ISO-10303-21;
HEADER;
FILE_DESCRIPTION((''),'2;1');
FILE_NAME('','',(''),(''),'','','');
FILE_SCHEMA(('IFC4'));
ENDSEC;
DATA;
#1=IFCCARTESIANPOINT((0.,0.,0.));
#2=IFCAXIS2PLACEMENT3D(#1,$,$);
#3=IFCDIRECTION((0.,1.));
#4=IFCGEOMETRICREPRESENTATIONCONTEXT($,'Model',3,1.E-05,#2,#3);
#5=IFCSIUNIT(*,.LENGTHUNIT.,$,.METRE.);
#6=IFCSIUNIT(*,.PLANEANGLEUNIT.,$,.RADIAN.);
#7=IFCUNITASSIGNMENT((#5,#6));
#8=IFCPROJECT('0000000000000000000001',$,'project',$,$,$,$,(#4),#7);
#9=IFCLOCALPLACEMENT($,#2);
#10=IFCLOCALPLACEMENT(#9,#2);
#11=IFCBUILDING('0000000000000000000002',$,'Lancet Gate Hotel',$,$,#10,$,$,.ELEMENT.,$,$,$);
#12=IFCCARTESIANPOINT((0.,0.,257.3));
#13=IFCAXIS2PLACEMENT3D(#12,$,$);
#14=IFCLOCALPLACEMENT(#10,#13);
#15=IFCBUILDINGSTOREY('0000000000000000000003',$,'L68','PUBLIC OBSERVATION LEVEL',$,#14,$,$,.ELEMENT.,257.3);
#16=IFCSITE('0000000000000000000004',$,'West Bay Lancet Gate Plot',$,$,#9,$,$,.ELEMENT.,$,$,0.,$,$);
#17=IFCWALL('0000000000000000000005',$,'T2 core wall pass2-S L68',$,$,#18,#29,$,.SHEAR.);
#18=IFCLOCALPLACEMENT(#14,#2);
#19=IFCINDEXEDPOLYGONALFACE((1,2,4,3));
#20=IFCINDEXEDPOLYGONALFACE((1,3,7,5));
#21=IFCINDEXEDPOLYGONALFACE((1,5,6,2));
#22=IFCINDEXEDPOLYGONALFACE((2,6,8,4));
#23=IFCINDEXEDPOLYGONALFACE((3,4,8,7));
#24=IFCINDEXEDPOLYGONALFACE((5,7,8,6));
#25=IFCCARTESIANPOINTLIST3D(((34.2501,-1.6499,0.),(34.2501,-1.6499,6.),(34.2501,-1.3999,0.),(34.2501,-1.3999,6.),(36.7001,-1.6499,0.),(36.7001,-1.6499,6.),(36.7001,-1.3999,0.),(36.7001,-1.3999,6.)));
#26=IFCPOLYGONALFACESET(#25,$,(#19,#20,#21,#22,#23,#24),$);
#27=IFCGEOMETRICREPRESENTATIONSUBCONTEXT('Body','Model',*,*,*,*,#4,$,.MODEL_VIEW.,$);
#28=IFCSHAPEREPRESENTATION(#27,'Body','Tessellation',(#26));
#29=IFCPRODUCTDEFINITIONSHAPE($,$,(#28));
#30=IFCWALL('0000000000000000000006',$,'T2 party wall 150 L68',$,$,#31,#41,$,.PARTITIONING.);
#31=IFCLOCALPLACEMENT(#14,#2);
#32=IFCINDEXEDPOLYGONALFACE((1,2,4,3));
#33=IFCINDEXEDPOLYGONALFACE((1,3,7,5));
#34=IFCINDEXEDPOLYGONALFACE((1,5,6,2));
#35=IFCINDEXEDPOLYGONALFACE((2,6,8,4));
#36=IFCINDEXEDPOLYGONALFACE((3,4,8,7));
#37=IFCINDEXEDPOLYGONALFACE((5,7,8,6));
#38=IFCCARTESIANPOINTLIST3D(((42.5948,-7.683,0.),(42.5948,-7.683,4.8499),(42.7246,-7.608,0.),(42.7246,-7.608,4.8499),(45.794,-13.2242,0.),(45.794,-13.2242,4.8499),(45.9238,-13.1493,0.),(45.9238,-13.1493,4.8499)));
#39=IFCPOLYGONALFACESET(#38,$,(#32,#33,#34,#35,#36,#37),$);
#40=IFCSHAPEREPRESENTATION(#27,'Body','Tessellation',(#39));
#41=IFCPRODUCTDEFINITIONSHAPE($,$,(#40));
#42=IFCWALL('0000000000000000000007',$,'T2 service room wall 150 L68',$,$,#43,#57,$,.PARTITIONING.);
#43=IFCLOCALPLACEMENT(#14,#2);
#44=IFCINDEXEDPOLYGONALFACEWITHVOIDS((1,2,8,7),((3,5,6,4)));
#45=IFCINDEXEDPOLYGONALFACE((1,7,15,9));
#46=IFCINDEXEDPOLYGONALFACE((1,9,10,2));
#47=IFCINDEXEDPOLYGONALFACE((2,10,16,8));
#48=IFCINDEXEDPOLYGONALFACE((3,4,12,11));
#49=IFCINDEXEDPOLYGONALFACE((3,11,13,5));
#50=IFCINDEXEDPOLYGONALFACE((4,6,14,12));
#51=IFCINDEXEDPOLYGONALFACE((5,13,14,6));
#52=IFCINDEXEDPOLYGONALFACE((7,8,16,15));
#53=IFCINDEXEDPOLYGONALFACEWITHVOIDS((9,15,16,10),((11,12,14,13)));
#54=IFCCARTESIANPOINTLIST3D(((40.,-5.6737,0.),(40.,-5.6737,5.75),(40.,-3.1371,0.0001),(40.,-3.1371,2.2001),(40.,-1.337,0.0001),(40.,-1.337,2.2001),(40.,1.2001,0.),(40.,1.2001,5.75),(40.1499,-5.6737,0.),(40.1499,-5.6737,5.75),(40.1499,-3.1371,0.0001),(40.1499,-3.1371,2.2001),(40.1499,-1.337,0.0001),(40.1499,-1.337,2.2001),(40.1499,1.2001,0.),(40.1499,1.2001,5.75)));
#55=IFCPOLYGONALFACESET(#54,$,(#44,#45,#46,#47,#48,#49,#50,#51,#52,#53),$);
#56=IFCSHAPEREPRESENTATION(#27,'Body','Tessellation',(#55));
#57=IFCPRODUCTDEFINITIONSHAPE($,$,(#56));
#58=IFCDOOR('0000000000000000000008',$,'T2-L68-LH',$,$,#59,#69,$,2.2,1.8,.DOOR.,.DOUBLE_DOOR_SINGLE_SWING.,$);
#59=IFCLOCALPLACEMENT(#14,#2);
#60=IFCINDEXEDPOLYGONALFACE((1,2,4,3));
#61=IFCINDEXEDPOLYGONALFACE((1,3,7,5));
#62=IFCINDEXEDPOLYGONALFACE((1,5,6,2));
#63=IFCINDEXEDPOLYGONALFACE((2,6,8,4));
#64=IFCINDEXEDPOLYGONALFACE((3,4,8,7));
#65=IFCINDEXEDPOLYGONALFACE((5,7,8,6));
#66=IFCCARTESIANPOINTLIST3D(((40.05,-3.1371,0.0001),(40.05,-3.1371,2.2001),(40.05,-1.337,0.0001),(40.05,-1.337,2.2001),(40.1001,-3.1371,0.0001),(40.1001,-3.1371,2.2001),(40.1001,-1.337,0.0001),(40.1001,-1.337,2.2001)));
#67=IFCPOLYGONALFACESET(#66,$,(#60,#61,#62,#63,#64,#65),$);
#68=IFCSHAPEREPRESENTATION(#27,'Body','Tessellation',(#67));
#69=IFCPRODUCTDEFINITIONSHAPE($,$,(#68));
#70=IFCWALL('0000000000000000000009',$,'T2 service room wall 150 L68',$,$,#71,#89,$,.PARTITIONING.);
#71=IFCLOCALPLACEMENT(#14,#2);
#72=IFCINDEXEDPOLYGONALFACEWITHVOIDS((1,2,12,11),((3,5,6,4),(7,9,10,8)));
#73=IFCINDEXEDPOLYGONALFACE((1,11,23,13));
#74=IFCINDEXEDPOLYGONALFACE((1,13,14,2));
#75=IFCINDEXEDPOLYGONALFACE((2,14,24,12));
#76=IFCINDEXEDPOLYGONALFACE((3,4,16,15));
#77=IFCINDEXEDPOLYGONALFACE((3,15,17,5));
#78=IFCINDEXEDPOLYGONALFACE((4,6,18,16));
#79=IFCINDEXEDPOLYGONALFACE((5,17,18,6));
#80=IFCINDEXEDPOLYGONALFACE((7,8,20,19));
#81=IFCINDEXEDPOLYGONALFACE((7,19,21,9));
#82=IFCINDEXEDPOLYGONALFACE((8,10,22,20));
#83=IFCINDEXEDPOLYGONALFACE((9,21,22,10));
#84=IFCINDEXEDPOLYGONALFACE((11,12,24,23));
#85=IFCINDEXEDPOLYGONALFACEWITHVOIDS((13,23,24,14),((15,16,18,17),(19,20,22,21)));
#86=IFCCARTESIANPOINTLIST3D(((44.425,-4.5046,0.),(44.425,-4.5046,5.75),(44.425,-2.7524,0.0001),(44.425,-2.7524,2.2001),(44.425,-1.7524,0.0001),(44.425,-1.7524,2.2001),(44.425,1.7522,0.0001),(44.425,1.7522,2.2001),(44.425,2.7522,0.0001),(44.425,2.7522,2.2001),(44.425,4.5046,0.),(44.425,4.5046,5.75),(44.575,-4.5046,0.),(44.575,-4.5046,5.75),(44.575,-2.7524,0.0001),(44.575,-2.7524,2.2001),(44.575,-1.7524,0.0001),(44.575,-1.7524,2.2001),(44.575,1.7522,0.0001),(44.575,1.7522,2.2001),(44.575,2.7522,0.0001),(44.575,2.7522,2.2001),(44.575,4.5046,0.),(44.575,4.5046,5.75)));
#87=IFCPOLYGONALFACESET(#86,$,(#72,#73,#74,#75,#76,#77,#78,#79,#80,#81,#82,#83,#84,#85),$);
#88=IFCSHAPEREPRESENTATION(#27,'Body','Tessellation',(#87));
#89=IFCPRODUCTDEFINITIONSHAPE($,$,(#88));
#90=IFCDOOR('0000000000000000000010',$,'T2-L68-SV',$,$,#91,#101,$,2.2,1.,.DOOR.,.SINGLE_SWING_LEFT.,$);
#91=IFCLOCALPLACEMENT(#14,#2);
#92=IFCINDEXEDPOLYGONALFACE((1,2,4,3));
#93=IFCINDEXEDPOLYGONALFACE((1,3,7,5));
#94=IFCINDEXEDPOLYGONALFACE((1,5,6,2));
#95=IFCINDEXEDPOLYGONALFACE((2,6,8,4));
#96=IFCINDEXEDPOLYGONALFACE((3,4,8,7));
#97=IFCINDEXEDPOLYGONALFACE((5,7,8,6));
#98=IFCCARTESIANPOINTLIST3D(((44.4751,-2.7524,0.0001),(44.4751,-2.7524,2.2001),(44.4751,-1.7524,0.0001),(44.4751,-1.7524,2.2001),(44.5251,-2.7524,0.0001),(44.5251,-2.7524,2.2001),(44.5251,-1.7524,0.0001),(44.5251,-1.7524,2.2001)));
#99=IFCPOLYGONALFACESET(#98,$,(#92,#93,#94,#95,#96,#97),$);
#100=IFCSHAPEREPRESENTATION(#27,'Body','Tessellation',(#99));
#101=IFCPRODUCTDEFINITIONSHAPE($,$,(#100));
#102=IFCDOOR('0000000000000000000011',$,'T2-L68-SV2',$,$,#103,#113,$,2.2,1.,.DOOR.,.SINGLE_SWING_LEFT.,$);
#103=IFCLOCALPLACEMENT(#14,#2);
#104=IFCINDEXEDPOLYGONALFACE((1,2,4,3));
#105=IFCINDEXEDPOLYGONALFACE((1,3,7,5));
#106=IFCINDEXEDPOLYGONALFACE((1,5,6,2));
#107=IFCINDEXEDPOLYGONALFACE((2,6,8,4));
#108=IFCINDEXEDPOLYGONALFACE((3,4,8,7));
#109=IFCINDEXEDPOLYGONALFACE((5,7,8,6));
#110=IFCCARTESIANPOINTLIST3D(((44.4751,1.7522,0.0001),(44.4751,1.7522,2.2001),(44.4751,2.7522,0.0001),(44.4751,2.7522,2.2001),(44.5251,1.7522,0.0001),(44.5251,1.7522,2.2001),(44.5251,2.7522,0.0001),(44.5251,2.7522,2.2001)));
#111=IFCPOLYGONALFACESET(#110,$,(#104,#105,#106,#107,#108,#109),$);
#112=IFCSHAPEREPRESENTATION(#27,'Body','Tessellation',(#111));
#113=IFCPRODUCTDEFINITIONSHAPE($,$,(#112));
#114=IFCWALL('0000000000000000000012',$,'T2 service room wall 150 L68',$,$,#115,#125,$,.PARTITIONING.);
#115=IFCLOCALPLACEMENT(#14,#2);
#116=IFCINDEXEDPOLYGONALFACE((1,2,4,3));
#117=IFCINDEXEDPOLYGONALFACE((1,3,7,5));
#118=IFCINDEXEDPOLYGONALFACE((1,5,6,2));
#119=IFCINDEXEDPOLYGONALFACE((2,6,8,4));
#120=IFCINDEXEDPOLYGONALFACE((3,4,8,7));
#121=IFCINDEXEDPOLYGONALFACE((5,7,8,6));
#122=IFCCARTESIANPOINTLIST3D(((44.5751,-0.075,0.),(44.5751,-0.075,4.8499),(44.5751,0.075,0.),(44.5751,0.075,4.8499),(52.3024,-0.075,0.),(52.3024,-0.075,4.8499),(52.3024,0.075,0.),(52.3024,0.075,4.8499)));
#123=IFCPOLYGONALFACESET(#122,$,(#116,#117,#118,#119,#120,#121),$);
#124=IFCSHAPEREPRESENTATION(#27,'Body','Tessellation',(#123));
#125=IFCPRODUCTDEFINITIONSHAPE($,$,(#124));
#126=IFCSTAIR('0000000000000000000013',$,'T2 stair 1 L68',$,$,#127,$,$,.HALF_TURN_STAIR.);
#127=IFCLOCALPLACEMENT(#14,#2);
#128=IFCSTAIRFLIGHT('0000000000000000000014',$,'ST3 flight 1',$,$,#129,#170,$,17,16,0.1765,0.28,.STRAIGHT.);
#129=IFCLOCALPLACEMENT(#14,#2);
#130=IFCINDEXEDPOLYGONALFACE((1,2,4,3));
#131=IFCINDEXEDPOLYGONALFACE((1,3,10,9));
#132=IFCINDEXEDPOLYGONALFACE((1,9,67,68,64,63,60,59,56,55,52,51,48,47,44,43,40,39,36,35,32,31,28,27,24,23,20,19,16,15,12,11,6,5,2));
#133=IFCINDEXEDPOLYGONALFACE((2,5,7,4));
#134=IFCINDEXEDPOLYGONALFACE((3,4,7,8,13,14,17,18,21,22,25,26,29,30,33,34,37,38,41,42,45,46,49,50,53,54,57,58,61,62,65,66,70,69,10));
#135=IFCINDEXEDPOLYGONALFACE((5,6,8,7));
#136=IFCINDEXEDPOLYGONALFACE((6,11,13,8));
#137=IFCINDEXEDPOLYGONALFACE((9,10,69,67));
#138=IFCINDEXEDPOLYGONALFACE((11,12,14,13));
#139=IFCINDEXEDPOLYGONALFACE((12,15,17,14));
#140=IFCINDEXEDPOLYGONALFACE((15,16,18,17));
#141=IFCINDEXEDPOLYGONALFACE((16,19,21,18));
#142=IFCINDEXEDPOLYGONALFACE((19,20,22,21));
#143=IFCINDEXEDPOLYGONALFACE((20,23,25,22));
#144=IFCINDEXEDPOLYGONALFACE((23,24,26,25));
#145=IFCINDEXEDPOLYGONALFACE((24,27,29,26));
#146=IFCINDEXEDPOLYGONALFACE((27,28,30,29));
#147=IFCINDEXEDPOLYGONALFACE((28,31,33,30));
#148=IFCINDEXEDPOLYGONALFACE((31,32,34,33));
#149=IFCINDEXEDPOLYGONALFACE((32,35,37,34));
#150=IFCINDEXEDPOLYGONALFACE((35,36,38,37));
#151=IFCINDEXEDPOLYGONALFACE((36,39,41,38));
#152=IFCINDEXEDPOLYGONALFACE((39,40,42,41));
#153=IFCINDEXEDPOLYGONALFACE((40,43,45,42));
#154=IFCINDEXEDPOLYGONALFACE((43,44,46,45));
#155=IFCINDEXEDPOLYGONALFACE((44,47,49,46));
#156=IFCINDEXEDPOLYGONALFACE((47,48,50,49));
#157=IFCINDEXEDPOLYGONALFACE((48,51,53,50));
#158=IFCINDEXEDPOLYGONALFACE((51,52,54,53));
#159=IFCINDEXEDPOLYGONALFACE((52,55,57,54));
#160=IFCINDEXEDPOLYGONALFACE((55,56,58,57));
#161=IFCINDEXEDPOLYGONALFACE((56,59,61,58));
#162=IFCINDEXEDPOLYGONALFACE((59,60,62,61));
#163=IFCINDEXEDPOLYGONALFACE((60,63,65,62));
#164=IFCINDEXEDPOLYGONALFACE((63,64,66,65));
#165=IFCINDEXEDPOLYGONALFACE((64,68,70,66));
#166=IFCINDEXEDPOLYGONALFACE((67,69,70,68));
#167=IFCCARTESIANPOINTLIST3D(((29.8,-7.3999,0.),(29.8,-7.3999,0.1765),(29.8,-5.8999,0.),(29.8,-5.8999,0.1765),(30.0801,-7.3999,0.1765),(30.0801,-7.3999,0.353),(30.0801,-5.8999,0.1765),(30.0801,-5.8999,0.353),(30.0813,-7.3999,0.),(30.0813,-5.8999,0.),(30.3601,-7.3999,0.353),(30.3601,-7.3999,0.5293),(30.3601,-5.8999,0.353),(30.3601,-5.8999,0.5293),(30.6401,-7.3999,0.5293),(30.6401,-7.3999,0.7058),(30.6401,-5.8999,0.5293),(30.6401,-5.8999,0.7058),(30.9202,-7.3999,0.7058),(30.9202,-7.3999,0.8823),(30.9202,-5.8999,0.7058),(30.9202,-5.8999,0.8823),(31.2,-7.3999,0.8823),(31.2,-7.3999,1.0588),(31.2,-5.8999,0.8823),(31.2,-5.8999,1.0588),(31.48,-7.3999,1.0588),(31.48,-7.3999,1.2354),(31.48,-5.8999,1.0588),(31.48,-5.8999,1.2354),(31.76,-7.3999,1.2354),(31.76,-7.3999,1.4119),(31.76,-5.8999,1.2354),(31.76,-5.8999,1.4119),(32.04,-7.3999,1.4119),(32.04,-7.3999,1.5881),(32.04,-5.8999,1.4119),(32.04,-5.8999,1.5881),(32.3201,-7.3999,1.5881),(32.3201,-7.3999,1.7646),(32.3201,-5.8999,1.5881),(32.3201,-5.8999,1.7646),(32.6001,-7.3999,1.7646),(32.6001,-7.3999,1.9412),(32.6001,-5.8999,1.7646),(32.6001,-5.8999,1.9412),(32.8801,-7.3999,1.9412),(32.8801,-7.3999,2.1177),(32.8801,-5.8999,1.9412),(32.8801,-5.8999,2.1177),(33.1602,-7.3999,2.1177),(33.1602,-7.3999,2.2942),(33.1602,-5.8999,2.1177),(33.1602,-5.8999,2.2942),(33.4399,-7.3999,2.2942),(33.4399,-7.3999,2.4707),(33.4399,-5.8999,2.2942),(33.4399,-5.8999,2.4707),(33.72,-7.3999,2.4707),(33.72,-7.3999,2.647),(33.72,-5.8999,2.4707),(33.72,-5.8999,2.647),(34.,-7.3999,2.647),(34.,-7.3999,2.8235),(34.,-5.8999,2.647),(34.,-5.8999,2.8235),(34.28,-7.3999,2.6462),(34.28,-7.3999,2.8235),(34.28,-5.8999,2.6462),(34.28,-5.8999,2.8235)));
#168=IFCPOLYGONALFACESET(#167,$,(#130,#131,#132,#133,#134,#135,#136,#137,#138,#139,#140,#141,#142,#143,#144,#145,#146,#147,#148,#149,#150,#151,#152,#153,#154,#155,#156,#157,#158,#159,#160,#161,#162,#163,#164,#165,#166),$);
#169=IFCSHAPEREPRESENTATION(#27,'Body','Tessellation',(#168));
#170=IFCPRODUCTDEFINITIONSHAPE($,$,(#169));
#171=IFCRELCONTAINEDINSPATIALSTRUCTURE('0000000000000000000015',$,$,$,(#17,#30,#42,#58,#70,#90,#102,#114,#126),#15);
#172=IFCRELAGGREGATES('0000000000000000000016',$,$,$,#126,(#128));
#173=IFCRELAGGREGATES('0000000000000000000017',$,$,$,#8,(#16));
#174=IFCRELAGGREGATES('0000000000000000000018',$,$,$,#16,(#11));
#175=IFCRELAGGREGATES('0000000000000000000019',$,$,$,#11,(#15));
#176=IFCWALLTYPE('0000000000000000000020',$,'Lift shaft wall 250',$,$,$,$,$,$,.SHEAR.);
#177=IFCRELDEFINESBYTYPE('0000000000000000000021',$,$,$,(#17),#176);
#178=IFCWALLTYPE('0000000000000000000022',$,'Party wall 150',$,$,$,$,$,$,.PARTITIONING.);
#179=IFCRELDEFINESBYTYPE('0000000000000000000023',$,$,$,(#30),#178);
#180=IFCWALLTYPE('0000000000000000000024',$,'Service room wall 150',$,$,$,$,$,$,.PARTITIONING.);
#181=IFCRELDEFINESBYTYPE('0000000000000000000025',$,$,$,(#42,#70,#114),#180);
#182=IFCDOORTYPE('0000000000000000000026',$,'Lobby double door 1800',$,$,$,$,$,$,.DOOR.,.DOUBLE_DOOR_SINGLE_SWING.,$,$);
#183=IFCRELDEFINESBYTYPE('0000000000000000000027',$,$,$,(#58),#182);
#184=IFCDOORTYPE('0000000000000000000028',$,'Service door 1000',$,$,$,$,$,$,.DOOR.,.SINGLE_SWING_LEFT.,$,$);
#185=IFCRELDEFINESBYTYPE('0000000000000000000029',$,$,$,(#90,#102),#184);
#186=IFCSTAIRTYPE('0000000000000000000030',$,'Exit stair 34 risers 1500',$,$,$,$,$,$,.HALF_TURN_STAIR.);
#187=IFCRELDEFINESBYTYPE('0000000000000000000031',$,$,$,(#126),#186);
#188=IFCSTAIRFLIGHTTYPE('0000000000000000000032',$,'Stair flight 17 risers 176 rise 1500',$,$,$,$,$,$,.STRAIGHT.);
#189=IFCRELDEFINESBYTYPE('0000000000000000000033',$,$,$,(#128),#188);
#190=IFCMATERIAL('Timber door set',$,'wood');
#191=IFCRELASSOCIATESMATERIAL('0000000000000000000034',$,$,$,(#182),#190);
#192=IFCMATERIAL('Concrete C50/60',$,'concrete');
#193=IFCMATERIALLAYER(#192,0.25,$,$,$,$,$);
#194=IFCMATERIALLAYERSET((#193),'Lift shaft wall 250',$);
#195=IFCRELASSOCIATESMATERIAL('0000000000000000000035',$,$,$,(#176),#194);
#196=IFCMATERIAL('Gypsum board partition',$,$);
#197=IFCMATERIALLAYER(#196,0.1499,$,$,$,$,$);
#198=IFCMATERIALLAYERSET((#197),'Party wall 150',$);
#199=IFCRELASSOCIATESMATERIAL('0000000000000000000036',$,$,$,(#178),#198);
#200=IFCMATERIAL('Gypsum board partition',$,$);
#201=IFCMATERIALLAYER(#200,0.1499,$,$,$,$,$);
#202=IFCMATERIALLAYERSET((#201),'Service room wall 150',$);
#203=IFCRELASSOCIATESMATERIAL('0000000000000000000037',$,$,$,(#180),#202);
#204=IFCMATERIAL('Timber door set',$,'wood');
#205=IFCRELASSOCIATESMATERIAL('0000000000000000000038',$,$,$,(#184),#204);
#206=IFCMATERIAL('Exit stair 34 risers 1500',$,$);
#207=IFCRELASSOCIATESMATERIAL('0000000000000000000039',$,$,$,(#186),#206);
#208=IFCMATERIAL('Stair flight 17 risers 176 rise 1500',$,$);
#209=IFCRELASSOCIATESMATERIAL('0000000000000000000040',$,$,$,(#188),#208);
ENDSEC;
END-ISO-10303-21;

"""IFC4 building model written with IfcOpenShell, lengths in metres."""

from ifc_helpers import new_model, si_unit, direction, frame, frame_2d, origin, place, context, subcontext, project, spatial, polyline, rectangle, outline, extrude, material, layer, layer_set, type_object, element, fill, aggregate, save


model = new_model("IFC4")

# Units and contexts
model_context = context("Model", 3, precision=1e-05, world=origin(), true_north=direction((0.0, 1.0)))
body_context = subcontext(model_context, "Body", "Model", "MODEL_VIEW")
ifc_project = project(units=[si_unit("LENGTHUNIT", "METRE"), si_unit("PLANEANGLEUNIT", "RADIAN")], contexts=[model_context])

# Site, building, storey
site_placement = place(None, origin())
site = spatial("IfcSite", under=ifc_project, at=site_placement, Name="West Bay Lancet Gate Plot", CompositionType="ELEMENT", RefElevation=0.0)
building_placement = place(site_placement, origin())
building = spatial("IfcBuilding", under=site, at=building_placement, Name="Lancet Gate Hotel", CompositionType="ELEMENT")
storey_placement = place(building_placement, frame((0.0, 0.0, 257.3)))
storey = spatial("IfcBuildingStorey", under=building, at=storey_placement, Name="L68", Description="PUBLIC OBSERVATION LEVEL", CompositionType="ELEMENT", Elevation=257.3)

# Shared definitions
ifc_material_1 = material(Name="Timber door set", Category="wood")
door_type_1 = type_object("IfcDoorType", Name="Lobby double door 1800", OperationType="DOUBLE_DOOR_SINGLE_SWING", PredefinedType="DOOR", material=ifc_material_1)
ifc_material_2 = material(Name="Concrete C50/60", Category="concrete")
ifc_layer_1 = layer(ifc_material_2, 0.25)
ifc_layer_set_1 = layer_set([ifc_layer_1], Name="Lift shaft wall 250")
wall_type_1 = type_object("IfcWallType", Name="Lift shaft wall 250", PredefinedType="SHEAR", material=ifc_layer_set_1)

# Walls
wall_1_placement = place(storey_placement, frame((34.25, -1.5249, 0.0), z_axis=(0.0, 0.0, 1.0), x_axis=(1.0, 0.0, 0.0)))
element("IfcWall", 1, at=wall_1_placement, inside=storey, type_object=wall_type_1, Name="T2 core wall pass2-S L68", PredefinedType="SHEAR", context=body_context, shape_type="SweptSolid", body=[
    extrude(rectangle(XDim=2.45, YDim=0.25, at=frame_2d((1.2251, 0.0))), origin(), (0.0, 0.0, 1.0), 6.0),
])
ifc_material_3 = material(Name="Gypsum board partition")
ifc_layer_2 = layer(ifc_material_3, 0.1499)
ifc_layer_set_2 = layer_set([ifc_layer_2], Name="Party wall 150")
wall_type_2 = type_object("IfcWallType", Name="Party wall 150", PredefinedType="PARTITIONING", material=ifc_layer_set_2)
wall_2_placement = place(storey_placement, frame((42.6597, -7.6455, 0.0), z_axis=(0.0, 0.0, 1.0), x_axis=(0.499997, -0.866027, 0.0)))
element("IfcWall", 2, at=wall_2_placement, inside=storey, type_object=wall_type_2, Name="T2 party wall 150 L68", PredefinedType="PARTITIONING", context=body_context, shape_type="SweptSolid", body=[
    extrude(rectangle(XDim=6.3984, YDim=0.1499, at=frame_2d((3.1992, 0.0))), origin(), (0.0, 0.0, 1.0), 4.8499),
])

# Wall, opening, door
ifc_material_4 = material(Name="Gypsum board partition")
ifc_layer_3 = layer(ifc_material_4, 0.1499)
ifc_layer_set_3 = layer_set([ifc_layer_3], Name="Service room wall 150")
wall_type_3 = type_object("IfcWallType", Name="Service room wall 150", PredefinedType="PARTITIONING", material=ifc_layer_set_3)
wall_3_placement = place(storey_placement, frame((40.075, -5.6738, 0.0), z_axis=(0.0, 0.0, 1.0), x_axis=(0.0, 1.0, 0.0)))
wall_3 = element("IfcWall", 3, at=wall_3_placement, inside=storey, type_object=wall_type_3, Name="T2 service room wall 150 L68", PredefinedType="PARTITIONING", context=body_context, shape_type="SweptSolid", body=[
    extrude(rectangle(XDim=6.8738, YDim=0.1499, at=frame_2d((3.437, 0.0))), origin(), (0.0, 0.0, 1.0), 5.75),
])
opening_1_placement = place(wall_3_placement, frame((2.5369, 0.0, 0.0)))
opening_1 = element("IfcOpeningElement", 4, at=opening_1_placement, cuts=wall_3, PredefinedType="OPENING", context=body_context, shape_type="SweptSolid", body=[
    extrude(rectangle(XDim=1.8, YDim=2.2, at=frame_2d((0.8999, 1.1001))), frame((0.0, 0.085, 0.0), z_axis=(0.0, -1.0, 0.0), x_axis=(1.0, 0.0, 0.0)), (0.0, 0.0, 1.0), 0.1699),
])
door_1_placement = place(opening_1_placement, origin())
door_1 = element("IfcDoor", 5, at=door_1_placement, inside=storey, type_object=door_type_1, Name="T2-L68-LH", OperationType="DOUBLE_DOOR_SINGLE_SWING", OverallHeight=2.2, OverallWidth=1.8, PredefinedType="DOOR", context=body_context, shape_type="SweptSolid", body=[
    extrude(rectangle(XDim=1.8, YDim=2.2, at=frame_2d((0.8999, 1.1001))), frame((0.0, 0.0249, 0.0), z_axis=(0.0, -1.0, 0.0), x_axis=(1.0, 0.0, 0.0)), (0.0, 0.0, 1.0), 0.05),
])
fill(opening_1, door_1)

# Wall, openings, doors
wall_4_placement = place(storey_placement, frame((44.5, -4.5046, 0.0), z_axis=(0.0, 0.0, 1.0), x_axis=(0.0, 1.0, 0.0)))
wall_4 = element("IfcWall", 6, at=wall_4_placement, inside=storey, type_object=wall_type_3, Name="T2 service room wall 150 L68", PredefinedType="PARTITIONING", context=body_context, shape_type="SweptSolid", body=[
    extrude(rectangle(XDim=9.0093, YDim=0.1499, at=frame_2d((4.5046, 0.0))), origin(), (0.0, 0.0, 1.0), 5.75),
])
opening_2_placement = place(wall_4_placement, frame((1.7522, 0.0, 0.0)))
opening_2 = element("IfcOpeningElement", 7, at=opening_2_placement, cuts=wall_4, PredefinedType="OPENING", context=body_context, shape_type="SweptSolid", body=[
    extrude(rectangle(XDim=1.0, YDim=2.2, at=frame_2d((0.5, 1.1001))), frame((0.0, 0.085, 0.0), z_axis=(0.0, -1.0, 0.0), x_axis=(1.0, 0.0, 0.0)), (0.0, 0.0, 1.0), 0.1699),
])
opening_3_placement = place(wall_4_placement, frame((6.2568, 0.0, 0.0)))
opening_3 = element("IfcOpeningElement", 8, at=opening_3_placement, cuts=wall_4, PredefinedType="OPENING", context=body_context, shape_type="SweptSolid", body=[
    extrude(rectangle(XDim=1.0, YDim=2.2, at=frame_2d((0.5, 1.1001))), frame((0.0, 0.085, 0.0), z_axis=(0.0, -1.0, 0.0), x_axis=(1.0, 0.0, 0.0)), (0.0, 0.0, 1.0), 0.1699),
])
ifc_material_5 = material(Name="Timber door set", Category="wood")
door_type_2 = type_object("IfcDoorType", Name="Service door 1000", OperationType="SINGLE_SWING_LEFT", PredefinedType="DOOR", material=ifc_material_5)
door_2_placement = place(opening_2_placement, origin())
door_2 = element("IfcDoor", 9, at=door_2_placement, inside=storey, type_object=door_type_2, Name="T2-L68-SV", OperationType="SINGLE_SWING_LEFT", OverallHeight=2.2, OverallWidth=1.0, PredefinedType="DOOR", context=body_context, shape_type="SweptSolid", body=[
    extrude(rectangle(XDim=1.0, YDim=2.2, at=frame_2d((0.5, 1.1001))), frame((0.0, 0.0249, 0.0), z_axis=(0.0, -1.0, 0.0), x_axis=(1.0, 0.0, 0.0)), (0.0, 0.0, 1.0), 0.05),
])
fill(opening_2, door_2)
door_3_placement = place(opening_3_placement, origin())
door_3 = element("IfcDoor", 10, at=door_3_placement, inside=storey, type_object=door_type_2, Name="T2-L68-SV2", OperationType="SINGLE_SWING_LEFT", OverallHeight=2.2, OverallWidth=1.0, PredefinedType="DOOR", context=body_context, shape_type="SweptSolid", body=[
    extrude(rectangle(XDim=1.0, YDim=2.2, at=frame_2d((0.5, 1.1001))), frame((0.0, 0.0249, 0.0), z_axis=(0.0, -1.0, 0.0), x_axis=(1.0, 0.0, 0.0)), (0.0, 0.0, 1.0), 0.05),
])
fill(opening_3, door_3)

# Wall
wall_5_placement = place(storey_placement, frame((44.575, 0.0, 0.0), z_axis=(0.0, 0.0, 1.0), x_axis=(1.0, 0.0, 0.0)))
element("IfcWall", 11, at=wall_5_placement, inside=storey, type_object=wall_type_3, Name="T2 service room wall 150 L68", PredefinedType="PARTITIONING", context=body_context, shape_type="SweptSolid", body=[
    extrude(rectangle(XDim=7.7273, YDim=0.1499, at=frame_2d((3.8638, 0.0))), origin(), (0.0, 0.0, 1.0), 4.8499),
])

# Stair, stair flight
ifc_material_6 = material(Name="Exit stair 34 risers 1500")
stair_type = type_object("IfcStairType", Name="Exit stair 34 risers 1500", PredefinedType="HALF_TURN_STAIR", material=ifc_material_6)
stair_placement = place(storey_placement, origin())
stair = element("IfcStair", 12, at=stair_placement, inside=storey, type_object=stair_type, Name="T2 stair 1 L68", PredefinedType="HALF_TURN_STAIR")
ifc_material_7 = material(Name="Stair flight 17 risers 176 rise 1500")
stair_flight_type = type_object("IfcStairFlightType", Name="Stair flight 17 risers 176 rise 1500", PredefinedType="STRAIGHT", material=ifc_material_7)
stair_flight_1_placement = place(storey_placement, frame((29.8, -6.6499, 0.0), z_axis=(0.0, 0.0, 1.0), x_axis=(1.0, 0.0, 0.0)))
stair_flight_1 = element("IfcStairFlight", 13, at=stair_flight_1_placement, type_object=stair_flight_type, Name="ST3 flight 1", NumberOfRisers=17, NumberOfTreads=16, PredefinedType="STRAIGHT", RiserHeight=0.1765, TreadLength=0.28, context=body_context, shape_type="SweptSolid", body=[
    extrude(outline(polyline([(0.0, 0.0), (0.0, 0.1765), (0.28, 0.1765), (0.28, 0.353), (0.5601, 0.353), (0.5601, 0.5293), (0.8401, 0.5293), (0.8401, 0.7058), (1.1201, 0.7058), (1.1201, 0.8823), (1.3999, 0.8823), (1.3999, 1.0588), (1.6799, 1.0588), (1.6799, 1.2354), (1.96, 1.2354), (1.96, 1.4119), (2.24, 1.4119), (2.24, 1.5881), (2.52, 1.5881), (2.52, 1.7646), (2.8, 1.7646), (2.8, 1.9412), (3.0801, 1.9412), (3.0801, 2.1177), (3.3601, 2.1177), (3.3601, 2.2942), (3.6399, 2.2942), (3.6399, 2.4707), (3.9199, 2.4707), (3.9199, 2.647), (4.2, 2.647), (4.2, 2.8235), (4.48, 2.8235), (4.48, 3.0), (4.48, 2.6462), (0.2812, 0.0), (0.0, 0.0)])), frame((0.0, 0.75, 0.0), z_axis=(0.0, -1.0, 0.0), x_axis=(1.0, 0.0, 0.0)), (0.0, 0.0, 1.0), 1.5),
])
aggregate(stair, [stair_flight_1])

save(model, "model.ifc")
